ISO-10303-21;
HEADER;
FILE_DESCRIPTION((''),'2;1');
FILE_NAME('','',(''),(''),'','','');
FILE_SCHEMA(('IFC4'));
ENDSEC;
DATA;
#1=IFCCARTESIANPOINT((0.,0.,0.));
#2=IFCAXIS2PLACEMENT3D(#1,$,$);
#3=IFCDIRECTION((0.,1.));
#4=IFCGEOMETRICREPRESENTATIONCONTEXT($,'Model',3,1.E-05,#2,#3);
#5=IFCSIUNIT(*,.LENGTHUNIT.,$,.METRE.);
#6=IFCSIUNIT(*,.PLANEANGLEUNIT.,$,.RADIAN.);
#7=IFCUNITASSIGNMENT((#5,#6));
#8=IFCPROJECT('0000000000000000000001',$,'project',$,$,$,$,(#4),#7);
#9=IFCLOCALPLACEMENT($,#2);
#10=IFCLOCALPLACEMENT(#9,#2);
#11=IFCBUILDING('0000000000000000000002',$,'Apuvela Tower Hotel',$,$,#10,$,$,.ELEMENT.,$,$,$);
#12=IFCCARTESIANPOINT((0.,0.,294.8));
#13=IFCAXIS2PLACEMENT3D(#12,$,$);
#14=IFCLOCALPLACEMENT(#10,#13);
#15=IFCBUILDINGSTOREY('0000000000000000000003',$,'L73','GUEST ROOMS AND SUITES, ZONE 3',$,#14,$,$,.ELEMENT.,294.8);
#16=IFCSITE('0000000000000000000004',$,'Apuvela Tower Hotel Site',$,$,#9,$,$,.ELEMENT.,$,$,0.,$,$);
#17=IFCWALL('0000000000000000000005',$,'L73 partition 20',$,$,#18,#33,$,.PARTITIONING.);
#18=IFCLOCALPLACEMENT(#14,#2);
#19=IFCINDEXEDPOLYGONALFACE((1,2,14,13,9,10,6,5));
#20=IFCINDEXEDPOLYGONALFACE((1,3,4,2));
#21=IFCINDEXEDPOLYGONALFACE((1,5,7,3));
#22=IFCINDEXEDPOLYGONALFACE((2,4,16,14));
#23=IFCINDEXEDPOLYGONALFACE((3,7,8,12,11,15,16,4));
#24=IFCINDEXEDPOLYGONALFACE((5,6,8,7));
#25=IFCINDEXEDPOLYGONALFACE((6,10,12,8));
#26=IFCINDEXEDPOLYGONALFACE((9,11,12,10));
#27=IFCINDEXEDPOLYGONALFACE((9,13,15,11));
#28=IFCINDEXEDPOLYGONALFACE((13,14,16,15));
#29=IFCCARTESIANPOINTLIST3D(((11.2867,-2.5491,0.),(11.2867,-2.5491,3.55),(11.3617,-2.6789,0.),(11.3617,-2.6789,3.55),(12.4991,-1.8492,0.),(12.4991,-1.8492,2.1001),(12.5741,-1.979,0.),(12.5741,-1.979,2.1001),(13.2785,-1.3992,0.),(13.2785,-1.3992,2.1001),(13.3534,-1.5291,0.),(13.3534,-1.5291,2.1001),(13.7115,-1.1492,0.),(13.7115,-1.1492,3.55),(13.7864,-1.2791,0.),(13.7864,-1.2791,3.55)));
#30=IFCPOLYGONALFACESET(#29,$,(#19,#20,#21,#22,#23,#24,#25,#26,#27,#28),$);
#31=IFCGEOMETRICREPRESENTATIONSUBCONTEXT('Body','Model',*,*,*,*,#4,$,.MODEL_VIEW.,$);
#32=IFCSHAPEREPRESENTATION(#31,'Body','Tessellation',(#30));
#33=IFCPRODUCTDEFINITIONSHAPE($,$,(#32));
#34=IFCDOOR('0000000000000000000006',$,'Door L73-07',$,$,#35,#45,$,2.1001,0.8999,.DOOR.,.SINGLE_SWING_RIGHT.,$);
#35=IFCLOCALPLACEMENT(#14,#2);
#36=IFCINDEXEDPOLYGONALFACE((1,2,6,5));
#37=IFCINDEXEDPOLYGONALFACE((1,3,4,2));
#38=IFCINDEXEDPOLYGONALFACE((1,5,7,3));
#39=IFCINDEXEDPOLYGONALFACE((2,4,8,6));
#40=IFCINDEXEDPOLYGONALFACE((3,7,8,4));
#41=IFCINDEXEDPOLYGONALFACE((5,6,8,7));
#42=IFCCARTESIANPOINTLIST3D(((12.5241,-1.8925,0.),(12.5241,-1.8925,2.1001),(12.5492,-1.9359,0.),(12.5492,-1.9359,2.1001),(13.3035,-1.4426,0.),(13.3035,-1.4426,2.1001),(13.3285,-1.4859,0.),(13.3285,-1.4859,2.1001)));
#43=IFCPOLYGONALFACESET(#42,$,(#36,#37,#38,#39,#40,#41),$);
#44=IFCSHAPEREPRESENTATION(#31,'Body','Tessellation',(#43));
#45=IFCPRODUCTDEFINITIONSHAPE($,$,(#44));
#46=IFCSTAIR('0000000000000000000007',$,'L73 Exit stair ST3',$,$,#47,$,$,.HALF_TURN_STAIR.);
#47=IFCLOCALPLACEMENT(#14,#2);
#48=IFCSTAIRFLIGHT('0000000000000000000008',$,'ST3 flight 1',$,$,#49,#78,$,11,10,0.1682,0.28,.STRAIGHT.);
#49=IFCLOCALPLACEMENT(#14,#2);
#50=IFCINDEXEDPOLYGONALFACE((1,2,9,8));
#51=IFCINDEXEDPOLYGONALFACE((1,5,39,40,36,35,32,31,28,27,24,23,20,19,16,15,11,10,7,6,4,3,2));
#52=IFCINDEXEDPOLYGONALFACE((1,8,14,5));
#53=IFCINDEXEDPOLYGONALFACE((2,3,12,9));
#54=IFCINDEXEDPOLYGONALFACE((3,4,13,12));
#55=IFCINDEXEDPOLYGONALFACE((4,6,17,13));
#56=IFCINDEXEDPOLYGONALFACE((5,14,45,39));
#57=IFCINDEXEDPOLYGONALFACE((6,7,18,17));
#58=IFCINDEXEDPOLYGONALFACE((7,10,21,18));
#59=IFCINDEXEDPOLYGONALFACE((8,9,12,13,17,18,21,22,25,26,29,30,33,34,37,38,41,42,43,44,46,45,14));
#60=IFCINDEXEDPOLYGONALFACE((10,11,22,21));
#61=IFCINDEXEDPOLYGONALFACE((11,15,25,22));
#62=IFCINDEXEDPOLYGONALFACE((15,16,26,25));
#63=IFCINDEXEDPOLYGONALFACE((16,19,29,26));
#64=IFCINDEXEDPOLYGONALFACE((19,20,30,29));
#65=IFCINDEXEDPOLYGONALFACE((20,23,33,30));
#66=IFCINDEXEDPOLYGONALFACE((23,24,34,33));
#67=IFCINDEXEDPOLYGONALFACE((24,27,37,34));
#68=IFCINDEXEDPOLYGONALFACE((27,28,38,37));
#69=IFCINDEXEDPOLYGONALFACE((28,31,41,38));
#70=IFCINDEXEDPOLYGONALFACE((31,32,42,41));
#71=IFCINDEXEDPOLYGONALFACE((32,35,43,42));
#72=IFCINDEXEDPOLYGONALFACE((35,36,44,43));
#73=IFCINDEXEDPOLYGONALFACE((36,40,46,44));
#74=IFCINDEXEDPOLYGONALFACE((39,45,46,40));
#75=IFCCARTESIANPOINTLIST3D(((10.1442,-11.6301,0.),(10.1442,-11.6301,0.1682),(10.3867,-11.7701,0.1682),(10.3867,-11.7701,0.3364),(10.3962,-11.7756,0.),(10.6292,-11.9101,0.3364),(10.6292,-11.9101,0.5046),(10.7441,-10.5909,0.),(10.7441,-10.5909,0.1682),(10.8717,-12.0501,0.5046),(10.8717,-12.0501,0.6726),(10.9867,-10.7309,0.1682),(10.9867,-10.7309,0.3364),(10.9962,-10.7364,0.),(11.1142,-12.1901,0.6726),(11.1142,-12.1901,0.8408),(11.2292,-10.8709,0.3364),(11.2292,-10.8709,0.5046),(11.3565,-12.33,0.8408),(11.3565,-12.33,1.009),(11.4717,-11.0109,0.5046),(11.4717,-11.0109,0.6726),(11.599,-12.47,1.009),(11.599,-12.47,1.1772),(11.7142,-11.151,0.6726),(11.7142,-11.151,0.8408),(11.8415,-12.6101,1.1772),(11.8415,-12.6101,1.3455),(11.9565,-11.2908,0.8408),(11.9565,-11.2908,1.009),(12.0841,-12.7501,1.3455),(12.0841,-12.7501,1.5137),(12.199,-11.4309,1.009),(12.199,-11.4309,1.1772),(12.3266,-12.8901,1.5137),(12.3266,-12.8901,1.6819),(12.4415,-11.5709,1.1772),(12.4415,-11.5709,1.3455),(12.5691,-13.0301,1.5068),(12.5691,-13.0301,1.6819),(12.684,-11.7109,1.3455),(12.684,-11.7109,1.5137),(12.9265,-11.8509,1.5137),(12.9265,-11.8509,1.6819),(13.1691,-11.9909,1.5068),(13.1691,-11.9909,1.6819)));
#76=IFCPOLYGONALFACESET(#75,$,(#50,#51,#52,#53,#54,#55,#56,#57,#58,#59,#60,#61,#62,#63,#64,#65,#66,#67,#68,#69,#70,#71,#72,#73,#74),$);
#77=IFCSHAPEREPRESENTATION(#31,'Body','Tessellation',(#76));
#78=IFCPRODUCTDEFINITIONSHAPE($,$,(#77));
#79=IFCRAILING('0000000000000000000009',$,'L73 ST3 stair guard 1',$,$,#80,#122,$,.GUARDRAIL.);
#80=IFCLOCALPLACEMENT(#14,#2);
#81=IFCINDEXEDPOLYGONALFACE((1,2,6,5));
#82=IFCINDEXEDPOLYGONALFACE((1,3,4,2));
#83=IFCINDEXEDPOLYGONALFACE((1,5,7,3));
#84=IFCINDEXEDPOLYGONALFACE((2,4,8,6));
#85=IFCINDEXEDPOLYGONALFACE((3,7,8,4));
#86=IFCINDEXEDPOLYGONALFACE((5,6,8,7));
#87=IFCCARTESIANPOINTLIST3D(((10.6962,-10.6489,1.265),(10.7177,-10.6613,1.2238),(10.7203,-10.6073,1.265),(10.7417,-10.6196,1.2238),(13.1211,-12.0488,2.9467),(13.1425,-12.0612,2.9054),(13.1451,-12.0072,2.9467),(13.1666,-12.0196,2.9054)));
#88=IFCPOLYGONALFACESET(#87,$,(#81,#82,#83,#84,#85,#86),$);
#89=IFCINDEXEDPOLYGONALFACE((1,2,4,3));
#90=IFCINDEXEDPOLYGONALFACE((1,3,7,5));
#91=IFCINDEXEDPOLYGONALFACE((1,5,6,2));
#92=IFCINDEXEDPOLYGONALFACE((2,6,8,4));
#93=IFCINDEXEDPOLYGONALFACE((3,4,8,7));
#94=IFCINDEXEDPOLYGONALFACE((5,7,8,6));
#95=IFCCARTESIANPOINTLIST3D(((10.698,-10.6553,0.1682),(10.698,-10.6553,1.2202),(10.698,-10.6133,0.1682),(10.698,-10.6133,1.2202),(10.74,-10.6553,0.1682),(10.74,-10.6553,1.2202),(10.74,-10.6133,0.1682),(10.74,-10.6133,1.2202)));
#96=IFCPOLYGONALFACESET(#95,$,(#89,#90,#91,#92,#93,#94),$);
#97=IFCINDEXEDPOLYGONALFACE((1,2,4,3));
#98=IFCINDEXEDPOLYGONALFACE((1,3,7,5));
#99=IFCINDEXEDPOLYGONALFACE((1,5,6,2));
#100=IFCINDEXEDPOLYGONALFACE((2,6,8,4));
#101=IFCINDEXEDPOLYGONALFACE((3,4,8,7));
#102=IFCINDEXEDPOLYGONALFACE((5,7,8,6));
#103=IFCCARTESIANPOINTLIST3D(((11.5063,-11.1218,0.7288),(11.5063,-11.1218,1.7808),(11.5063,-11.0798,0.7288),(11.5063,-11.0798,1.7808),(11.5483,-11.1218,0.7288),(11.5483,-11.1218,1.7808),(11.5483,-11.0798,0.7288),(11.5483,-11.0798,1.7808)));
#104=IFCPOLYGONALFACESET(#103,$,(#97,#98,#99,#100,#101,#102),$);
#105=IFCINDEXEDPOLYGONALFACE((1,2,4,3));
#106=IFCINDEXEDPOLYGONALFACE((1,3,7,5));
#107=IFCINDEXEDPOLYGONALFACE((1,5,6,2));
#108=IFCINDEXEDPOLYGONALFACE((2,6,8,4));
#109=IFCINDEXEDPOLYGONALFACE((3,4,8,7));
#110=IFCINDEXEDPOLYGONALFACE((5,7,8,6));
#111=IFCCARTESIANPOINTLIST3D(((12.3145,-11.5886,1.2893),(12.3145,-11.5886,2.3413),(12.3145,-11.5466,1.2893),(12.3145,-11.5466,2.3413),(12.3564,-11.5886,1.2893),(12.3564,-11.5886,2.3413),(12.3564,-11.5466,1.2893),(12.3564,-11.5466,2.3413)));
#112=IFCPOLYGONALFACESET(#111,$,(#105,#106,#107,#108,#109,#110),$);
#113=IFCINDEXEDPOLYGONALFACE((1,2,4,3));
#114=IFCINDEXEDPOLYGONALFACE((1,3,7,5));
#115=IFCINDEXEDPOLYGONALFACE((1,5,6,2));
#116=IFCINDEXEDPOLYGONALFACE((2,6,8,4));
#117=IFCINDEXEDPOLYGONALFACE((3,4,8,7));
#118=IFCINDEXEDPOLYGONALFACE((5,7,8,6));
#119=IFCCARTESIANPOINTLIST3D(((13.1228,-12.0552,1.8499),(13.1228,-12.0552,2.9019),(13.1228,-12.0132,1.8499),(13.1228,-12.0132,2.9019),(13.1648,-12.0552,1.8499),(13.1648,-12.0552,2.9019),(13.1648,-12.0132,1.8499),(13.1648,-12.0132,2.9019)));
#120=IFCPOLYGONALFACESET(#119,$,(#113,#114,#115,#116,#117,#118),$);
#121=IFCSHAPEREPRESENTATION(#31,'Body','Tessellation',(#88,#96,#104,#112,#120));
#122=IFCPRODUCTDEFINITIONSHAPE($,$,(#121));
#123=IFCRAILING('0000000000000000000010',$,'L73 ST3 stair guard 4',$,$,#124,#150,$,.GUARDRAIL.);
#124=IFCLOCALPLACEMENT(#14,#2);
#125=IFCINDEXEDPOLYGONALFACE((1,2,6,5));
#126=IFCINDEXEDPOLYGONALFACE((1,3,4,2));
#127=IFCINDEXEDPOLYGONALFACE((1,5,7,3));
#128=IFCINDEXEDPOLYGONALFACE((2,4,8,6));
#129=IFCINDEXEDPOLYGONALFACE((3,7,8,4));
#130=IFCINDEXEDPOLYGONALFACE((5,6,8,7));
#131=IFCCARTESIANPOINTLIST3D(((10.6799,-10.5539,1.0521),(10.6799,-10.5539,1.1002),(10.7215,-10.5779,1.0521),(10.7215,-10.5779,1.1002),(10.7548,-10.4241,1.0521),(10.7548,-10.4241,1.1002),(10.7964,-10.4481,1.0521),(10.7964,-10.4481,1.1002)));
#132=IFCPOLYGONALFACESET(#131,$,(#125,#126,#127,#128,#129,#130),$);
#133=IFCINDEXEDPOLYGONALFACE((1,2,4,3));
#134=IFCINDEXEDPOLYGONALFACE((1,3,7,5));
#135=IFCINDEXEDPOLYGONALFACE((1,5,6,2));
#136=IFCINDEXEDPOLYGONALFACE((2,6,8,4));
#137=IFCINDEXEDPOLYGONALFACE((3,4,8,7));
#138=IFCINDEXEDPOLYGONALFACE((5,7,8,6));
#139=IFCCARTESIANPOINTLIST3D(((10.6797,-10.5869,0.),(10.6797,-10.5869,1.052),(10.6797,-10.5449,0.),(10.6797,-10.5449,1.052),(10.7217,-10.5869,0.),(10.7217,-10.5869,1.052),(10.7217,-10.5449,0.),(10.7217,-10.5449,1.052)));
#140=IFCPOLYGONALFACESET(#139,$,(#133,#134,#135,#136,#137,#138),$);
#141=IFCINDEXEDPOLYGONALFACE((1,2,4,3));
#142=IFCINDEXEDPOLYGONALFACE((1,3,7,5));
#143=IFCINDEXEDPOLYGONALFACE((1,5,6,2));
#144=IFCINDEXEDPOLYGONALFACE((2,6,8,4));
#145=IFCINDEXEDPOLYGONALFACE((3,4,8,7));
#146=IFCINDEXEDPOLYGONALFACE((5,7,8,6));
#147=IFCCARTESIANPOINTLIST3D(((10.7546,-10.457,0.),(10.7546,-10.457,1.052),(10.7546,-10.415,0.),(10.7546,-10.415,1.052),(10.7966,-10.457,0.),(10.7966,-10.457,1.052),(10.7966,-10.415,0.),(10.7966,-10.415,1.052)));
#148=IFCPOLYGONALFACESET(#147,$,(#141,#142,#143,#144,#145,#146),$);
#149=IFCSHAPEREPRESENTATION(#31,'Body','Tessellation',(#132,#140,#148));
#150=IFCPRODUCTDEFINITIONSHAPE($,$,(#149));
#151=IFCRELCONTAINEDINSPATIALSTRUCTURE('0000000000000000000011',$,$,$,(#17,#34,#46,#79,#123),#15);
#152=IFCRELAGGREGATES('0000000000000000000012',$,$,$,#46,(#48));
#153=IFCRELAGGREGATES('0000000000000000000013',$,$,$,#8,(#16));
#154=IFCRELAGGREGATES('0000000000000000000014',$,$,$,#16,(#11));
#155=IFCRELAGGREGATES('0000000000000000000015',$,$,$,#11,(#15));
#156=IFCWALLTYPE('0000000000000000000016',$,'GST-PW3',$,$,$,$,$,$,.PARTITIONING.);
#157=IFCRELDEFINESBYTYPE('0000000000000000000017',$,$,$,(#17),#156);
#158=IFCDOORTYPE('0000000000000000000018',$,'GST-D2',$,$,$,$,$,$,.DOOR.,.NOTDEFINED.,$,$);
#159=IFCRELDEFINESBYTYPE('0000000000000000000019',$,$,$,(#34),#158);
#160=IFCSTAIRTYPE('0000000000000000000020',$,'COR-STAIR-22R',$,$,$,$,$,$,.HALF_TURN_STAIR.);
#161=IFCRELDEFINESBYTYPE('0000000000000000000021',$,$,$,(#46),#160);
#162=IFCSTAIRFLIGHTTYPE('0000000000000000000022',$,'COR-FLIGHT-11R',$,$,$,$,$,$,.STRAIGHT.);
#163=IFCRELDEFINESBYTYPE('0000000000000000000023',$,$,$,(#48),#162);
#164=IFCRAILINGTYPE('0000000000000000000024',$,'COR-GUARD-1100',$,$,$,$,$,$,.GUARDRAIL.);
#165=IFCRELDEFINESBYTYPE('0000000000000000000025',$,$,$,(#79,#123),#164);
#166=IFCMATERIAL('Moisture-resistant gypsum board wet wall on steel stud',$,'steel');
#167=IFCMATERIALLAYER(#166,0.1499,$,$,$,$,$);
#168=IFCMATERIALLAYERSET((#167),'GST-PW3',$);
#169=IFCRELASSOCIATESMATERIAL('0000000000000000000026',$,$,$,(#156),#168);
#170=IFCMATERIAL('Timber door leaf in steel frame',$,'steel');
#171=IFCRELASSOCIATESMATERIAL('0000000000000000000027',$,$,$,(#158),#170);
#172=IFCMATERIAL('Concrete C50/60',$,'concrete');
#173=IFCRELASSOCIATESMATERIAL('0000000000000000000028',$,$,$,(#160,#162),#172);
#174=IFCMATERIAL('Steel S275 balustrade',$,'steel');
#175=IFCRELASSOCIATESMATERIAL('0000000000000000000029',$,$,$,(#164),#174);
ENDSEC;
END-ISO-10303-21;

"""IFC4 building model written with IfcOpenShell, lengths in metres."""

from ifc_helpers import new_model, si_unit, direction, frame, frame_2d, origin, origin_2d, place, context, subcontext, project, spatial, polyline, rectangle, outline, extrude, material, layer, layer_set, type_object, element, fill, aggregate, save


model = new_model("IFC4")

# Units and contexts
model_context = context("Model", 3, precision=1e-05, world=origin(), true_north=direction((0.0, 1.0)))
body_context = subcontext(model_context, "Body", "Model", "MODEL_VIEW")
ifc_project = project(units=[si_unit("LENGTHUNIT", "METRE"), si_unit("PLANEANGLEUNIT", "RADIAN")], contexts=[model_context])

# Site, building, storey
site_placement = place(None, origin())
site = spatial("IfcSite", under=ifc_project, at=site_placement, Name="Apuvela Tower Hotel Site", CompositionType="ELEMENT", RefElevation=0.0)
building_placement = place(site_placement, origin())
building = spatial("IfcBuilding", under=site, at=building_placement, Name="Apuvela Tower Hotel", CompositionType="ELEMENT")
storey_placement = place(building_placement, frame((0.0, 0.0, 294.8)))
storey = spatial("IfcBuildingStorey", under=building, at=storey_placement, Name="L73", Description="GUEST ROOMS AND SUITES, ZONE 3", CompositionType="ELEMENT", Elevation=294.8)

# Shared definitions
ifc_material_1 = material(Name="Concrete C50/60", Category="concrete")

# Wall, opening, door
ifc_material_2 = material(Name="Timber door leaf in steel frame", Category="steel")
ifc_material_3 = material(Name="Moisture-resistant gypsum board wet wall on steel stud", Category="steel")
ifc_layer_1 = layer(ifc_material_3, 0.1499)
ifc_layer_set_1 = layer_set([ifc_layer_1], Name="GST-PW3")
wall_type_1 = type_object("IfcWallType", Name="GST-PW3", PredefinedType="PARTITIONING", material=ifc_layer_set_1)
wall_1_placement = place(storey_placement, frame((11.3242, -2.614, 0.0), z_axis=(0.0, 0.0, 1.0), x_axis=(0.866035, 0.499984, 0.0)))
wall_1 = element("IfcWall", 1, at=wall_1_placement, inside=storey, type_object=wall_type_1, Name="L73 partition 20", PredefinedType="PARTITIONING", context=body_context, shape_type="SweptSolid", body=[
    extrude(rectangle(XDim=2.7998, YDim=0.1499, at=frame_2d((1.3999, 0.0))), origin(), (0.0, 0.0, 1.0), 3.55),
])
opening_1_placement = place(wall_1_placement, frame((1.3999, 0.0, 0.0)))
opening_1 = element("IfcOpeningElement", 2, at=opening_1_placement, cuts=wall_1, PredefinedType="OPENING", context=body_context, shape_type="SweptSolid", body=[
    extrude(rectangle(XDim=0.8999, YDim=2.1001, at=frame_2d((0.45, 1.05))), frame((0.0, 0.085, 0.0), z_axis=(0.0, -1.0, 0.0), x_axis=(1.0, 0.0, 0.0)), (0.0, 0.0, 1.0), 0.1699),
])
door_type_1 = type_object("IfcDoorType", Name="GST-D2", OperationType="NOTDEFINED", PredefinedType="DOOR", material=ifc_material_2)
door_1_placement = place(opening_1_placement, origin())
door_1 = element("IfcDoor", 3, at=door_1_placement, inside=storey, type_object=door_type_1, Name="Door L73-07", OperationType="SINGLE_SWING_RIGHT", OverallHeight=2.1001, OverallWidth=0.8999, PredefinedType="DOOR", context=body_context, shape_type="SweptSolid", body=[
    extrude(rectangle(XDim=0.8999, YDim=2.1001, at=frame_2d((0.45, 1.05))), frame((0.0, 0.0249, 0.0), z_axis=(0.0, -1.0, 0.0), x_axis=(1.0, 0.0, 0.0)), (0.0, 0.0, 1.0), 0.05),
])
fill(opening_1, door_1)

# Stair, stair flight
stair_type = type_object("IfcStairType", Name="COR-STAIR-22R", PredefinedType="HALF_TURN_STAIR", material=ifc_material_1)
stair_placement = place(storey_placement, origin())
stair = element("IfcStair", 4, at=stair_placement, inside=storey, type_object=stair_type, Name="L73 Exit stair ST3", PredefinedType="HALF_TURN_STAIR")
stair_flight_type = type_object("IfcStairFlightType", Name="COR-FLIGHT-11R", PredefinedType="STRAIGHT", material=ifc_material_1)
stair_flight_placement = place(storey_placement, frame((10.4441, -11.1106, 0.0), z_axis=(0.0, 0.0, 1.0), x_axis=(0.866025, -0.5, 0.0)))
stair_flight = element("IfcStairFlight", 5, at=stair_flight_placement, type_object=stair_flight_type, Name="ST3 flight 1", NumberOfRisers=11, NumberOfTreads=10, PredefinedType="STRAIGHT", RiserHeight=0.1682, TreadLength=0.28, context=body_context, shape_type="SweptSolid", body=[
    extrude(outline(polyline([(0.0, 0.0), (0.0, 0.1682), (0.28, 0.1682), (0.28, 0.3364), (0.5601, 0.3364), (0.5601, 0.5046), (0.8401, 0.5046), (0.8401, 0.6726), (1.1201, 0.6726), (1.1201, 0.8408), (1.3999, 0.8408), (1.3999, 1.009), (1.6799, 1.009), (1.6799, 1.1772), (1.96, 1.1772), (1.96, 1.3455), (2.24, 1.3455), (2.24, 1.5137), (2.52, 1.5137), (2.52, 1.6819), (2.8, 1.6819), (2.8, 1.8501), (2.8, 1.5068), (0.291, 0.0), (0.0, 0.0)])), frame((0.0, 0.6001, 0.0), z_axis=(0.0, -1.0, 0.0), x_axis=(1.0, 0.0, 0.0)), (0.0, 0.0, 1.0), 1.2),
])
aggregate(stair, [stair_flight])

# Railings
ifc_material_4 = material(Name="Steel S275 balustrade", Category="steel")
railing_type_1 = type_object("IfcRailingType", Name="COR-GUARD-1100", PredefinedType="GUARDRAIL", material=ifc_material_4)
railing_1_placement = place(storey_placement, frame((10.719, -10.6343, 0.1682)))
element("IfcRailing", 6, at=railing_1_placement, inside=storey, type_object=railing_type_1, Name="L73 ST3 stair guard 1", PredefinedType="GUARDRAIL", context=body_context, shape_type="SweptSolid", body=[
    extrude(rectangle(XDim=0.0481, YDim=0.0481, at=origin_2d()), frame((0.0, 0.0, 1.0762), z_axis=(0.742419, -0.428618, 0.514879), x_axis=(0.499984, 0.866035, 0.0)), (0.0, 0.0, 1.0), 3.2661),
    extrude(rectangle(XDim=0.042, YDim=0.042, at=origin_2d()), origin(), (0.0, 0.0, 1.0), 1.052),
    extrude(rectangle(XDim=0.042, YDim=0.042, at=origin_2d()), frame((0.8083, -0.4666, 0.5605)), (0.0, 0.0, 1.0), 1.052),
    extrude(rectangle(XDim=0.042, YDim=0.042, at=origin_2d()), frame((1.6165, -0.9333, 1.1211)), (0.0, 0.0, 1.0), 1.052),
    extrude(rectangle(XDim=0.042, YDim=0.042, at=origin_2d()), frame((2.4248, -1.3999, 1.6816)), (0.0, 0.0, 1.0), 1.052),
])
railing_2_placement = place(storey_placement, frame((10.7007, -10.5659, 0.0)))
element("IfcRailing", 7, at=railing_2_placement, inside=storey, type_object=railing_type_1, Name="L73 ST3 stair guard 4", PredefinedType="GUARDRAIL", context=body_context, shape_type="SweptSolid", body=[
    extrude(rectangle(XDim=0.0481, YDim=0.0481, at=origin_2d()), frame((0.0, 0.0, 1.0762), z_axis=(0.499816, 0.866131, 0.0), x_axis=(-0.866131, 0.499816, 0.0)), (0.0, 0.0, 1.0), 0.1499),
    extrude(rectangle(XDim=0.042, YDim=0.042, at=origin_2d()), origin(), (0.0, 0.0, 1.0), 1.052),
    extrude(rectangle(XDim=0.042, YDim=0.042, at=origin_2d()), frame((0.075, 0.1299, 0.0)), (0.0, 0.0, 1.0), 1.052),
])

save(model, "model.ifc")
